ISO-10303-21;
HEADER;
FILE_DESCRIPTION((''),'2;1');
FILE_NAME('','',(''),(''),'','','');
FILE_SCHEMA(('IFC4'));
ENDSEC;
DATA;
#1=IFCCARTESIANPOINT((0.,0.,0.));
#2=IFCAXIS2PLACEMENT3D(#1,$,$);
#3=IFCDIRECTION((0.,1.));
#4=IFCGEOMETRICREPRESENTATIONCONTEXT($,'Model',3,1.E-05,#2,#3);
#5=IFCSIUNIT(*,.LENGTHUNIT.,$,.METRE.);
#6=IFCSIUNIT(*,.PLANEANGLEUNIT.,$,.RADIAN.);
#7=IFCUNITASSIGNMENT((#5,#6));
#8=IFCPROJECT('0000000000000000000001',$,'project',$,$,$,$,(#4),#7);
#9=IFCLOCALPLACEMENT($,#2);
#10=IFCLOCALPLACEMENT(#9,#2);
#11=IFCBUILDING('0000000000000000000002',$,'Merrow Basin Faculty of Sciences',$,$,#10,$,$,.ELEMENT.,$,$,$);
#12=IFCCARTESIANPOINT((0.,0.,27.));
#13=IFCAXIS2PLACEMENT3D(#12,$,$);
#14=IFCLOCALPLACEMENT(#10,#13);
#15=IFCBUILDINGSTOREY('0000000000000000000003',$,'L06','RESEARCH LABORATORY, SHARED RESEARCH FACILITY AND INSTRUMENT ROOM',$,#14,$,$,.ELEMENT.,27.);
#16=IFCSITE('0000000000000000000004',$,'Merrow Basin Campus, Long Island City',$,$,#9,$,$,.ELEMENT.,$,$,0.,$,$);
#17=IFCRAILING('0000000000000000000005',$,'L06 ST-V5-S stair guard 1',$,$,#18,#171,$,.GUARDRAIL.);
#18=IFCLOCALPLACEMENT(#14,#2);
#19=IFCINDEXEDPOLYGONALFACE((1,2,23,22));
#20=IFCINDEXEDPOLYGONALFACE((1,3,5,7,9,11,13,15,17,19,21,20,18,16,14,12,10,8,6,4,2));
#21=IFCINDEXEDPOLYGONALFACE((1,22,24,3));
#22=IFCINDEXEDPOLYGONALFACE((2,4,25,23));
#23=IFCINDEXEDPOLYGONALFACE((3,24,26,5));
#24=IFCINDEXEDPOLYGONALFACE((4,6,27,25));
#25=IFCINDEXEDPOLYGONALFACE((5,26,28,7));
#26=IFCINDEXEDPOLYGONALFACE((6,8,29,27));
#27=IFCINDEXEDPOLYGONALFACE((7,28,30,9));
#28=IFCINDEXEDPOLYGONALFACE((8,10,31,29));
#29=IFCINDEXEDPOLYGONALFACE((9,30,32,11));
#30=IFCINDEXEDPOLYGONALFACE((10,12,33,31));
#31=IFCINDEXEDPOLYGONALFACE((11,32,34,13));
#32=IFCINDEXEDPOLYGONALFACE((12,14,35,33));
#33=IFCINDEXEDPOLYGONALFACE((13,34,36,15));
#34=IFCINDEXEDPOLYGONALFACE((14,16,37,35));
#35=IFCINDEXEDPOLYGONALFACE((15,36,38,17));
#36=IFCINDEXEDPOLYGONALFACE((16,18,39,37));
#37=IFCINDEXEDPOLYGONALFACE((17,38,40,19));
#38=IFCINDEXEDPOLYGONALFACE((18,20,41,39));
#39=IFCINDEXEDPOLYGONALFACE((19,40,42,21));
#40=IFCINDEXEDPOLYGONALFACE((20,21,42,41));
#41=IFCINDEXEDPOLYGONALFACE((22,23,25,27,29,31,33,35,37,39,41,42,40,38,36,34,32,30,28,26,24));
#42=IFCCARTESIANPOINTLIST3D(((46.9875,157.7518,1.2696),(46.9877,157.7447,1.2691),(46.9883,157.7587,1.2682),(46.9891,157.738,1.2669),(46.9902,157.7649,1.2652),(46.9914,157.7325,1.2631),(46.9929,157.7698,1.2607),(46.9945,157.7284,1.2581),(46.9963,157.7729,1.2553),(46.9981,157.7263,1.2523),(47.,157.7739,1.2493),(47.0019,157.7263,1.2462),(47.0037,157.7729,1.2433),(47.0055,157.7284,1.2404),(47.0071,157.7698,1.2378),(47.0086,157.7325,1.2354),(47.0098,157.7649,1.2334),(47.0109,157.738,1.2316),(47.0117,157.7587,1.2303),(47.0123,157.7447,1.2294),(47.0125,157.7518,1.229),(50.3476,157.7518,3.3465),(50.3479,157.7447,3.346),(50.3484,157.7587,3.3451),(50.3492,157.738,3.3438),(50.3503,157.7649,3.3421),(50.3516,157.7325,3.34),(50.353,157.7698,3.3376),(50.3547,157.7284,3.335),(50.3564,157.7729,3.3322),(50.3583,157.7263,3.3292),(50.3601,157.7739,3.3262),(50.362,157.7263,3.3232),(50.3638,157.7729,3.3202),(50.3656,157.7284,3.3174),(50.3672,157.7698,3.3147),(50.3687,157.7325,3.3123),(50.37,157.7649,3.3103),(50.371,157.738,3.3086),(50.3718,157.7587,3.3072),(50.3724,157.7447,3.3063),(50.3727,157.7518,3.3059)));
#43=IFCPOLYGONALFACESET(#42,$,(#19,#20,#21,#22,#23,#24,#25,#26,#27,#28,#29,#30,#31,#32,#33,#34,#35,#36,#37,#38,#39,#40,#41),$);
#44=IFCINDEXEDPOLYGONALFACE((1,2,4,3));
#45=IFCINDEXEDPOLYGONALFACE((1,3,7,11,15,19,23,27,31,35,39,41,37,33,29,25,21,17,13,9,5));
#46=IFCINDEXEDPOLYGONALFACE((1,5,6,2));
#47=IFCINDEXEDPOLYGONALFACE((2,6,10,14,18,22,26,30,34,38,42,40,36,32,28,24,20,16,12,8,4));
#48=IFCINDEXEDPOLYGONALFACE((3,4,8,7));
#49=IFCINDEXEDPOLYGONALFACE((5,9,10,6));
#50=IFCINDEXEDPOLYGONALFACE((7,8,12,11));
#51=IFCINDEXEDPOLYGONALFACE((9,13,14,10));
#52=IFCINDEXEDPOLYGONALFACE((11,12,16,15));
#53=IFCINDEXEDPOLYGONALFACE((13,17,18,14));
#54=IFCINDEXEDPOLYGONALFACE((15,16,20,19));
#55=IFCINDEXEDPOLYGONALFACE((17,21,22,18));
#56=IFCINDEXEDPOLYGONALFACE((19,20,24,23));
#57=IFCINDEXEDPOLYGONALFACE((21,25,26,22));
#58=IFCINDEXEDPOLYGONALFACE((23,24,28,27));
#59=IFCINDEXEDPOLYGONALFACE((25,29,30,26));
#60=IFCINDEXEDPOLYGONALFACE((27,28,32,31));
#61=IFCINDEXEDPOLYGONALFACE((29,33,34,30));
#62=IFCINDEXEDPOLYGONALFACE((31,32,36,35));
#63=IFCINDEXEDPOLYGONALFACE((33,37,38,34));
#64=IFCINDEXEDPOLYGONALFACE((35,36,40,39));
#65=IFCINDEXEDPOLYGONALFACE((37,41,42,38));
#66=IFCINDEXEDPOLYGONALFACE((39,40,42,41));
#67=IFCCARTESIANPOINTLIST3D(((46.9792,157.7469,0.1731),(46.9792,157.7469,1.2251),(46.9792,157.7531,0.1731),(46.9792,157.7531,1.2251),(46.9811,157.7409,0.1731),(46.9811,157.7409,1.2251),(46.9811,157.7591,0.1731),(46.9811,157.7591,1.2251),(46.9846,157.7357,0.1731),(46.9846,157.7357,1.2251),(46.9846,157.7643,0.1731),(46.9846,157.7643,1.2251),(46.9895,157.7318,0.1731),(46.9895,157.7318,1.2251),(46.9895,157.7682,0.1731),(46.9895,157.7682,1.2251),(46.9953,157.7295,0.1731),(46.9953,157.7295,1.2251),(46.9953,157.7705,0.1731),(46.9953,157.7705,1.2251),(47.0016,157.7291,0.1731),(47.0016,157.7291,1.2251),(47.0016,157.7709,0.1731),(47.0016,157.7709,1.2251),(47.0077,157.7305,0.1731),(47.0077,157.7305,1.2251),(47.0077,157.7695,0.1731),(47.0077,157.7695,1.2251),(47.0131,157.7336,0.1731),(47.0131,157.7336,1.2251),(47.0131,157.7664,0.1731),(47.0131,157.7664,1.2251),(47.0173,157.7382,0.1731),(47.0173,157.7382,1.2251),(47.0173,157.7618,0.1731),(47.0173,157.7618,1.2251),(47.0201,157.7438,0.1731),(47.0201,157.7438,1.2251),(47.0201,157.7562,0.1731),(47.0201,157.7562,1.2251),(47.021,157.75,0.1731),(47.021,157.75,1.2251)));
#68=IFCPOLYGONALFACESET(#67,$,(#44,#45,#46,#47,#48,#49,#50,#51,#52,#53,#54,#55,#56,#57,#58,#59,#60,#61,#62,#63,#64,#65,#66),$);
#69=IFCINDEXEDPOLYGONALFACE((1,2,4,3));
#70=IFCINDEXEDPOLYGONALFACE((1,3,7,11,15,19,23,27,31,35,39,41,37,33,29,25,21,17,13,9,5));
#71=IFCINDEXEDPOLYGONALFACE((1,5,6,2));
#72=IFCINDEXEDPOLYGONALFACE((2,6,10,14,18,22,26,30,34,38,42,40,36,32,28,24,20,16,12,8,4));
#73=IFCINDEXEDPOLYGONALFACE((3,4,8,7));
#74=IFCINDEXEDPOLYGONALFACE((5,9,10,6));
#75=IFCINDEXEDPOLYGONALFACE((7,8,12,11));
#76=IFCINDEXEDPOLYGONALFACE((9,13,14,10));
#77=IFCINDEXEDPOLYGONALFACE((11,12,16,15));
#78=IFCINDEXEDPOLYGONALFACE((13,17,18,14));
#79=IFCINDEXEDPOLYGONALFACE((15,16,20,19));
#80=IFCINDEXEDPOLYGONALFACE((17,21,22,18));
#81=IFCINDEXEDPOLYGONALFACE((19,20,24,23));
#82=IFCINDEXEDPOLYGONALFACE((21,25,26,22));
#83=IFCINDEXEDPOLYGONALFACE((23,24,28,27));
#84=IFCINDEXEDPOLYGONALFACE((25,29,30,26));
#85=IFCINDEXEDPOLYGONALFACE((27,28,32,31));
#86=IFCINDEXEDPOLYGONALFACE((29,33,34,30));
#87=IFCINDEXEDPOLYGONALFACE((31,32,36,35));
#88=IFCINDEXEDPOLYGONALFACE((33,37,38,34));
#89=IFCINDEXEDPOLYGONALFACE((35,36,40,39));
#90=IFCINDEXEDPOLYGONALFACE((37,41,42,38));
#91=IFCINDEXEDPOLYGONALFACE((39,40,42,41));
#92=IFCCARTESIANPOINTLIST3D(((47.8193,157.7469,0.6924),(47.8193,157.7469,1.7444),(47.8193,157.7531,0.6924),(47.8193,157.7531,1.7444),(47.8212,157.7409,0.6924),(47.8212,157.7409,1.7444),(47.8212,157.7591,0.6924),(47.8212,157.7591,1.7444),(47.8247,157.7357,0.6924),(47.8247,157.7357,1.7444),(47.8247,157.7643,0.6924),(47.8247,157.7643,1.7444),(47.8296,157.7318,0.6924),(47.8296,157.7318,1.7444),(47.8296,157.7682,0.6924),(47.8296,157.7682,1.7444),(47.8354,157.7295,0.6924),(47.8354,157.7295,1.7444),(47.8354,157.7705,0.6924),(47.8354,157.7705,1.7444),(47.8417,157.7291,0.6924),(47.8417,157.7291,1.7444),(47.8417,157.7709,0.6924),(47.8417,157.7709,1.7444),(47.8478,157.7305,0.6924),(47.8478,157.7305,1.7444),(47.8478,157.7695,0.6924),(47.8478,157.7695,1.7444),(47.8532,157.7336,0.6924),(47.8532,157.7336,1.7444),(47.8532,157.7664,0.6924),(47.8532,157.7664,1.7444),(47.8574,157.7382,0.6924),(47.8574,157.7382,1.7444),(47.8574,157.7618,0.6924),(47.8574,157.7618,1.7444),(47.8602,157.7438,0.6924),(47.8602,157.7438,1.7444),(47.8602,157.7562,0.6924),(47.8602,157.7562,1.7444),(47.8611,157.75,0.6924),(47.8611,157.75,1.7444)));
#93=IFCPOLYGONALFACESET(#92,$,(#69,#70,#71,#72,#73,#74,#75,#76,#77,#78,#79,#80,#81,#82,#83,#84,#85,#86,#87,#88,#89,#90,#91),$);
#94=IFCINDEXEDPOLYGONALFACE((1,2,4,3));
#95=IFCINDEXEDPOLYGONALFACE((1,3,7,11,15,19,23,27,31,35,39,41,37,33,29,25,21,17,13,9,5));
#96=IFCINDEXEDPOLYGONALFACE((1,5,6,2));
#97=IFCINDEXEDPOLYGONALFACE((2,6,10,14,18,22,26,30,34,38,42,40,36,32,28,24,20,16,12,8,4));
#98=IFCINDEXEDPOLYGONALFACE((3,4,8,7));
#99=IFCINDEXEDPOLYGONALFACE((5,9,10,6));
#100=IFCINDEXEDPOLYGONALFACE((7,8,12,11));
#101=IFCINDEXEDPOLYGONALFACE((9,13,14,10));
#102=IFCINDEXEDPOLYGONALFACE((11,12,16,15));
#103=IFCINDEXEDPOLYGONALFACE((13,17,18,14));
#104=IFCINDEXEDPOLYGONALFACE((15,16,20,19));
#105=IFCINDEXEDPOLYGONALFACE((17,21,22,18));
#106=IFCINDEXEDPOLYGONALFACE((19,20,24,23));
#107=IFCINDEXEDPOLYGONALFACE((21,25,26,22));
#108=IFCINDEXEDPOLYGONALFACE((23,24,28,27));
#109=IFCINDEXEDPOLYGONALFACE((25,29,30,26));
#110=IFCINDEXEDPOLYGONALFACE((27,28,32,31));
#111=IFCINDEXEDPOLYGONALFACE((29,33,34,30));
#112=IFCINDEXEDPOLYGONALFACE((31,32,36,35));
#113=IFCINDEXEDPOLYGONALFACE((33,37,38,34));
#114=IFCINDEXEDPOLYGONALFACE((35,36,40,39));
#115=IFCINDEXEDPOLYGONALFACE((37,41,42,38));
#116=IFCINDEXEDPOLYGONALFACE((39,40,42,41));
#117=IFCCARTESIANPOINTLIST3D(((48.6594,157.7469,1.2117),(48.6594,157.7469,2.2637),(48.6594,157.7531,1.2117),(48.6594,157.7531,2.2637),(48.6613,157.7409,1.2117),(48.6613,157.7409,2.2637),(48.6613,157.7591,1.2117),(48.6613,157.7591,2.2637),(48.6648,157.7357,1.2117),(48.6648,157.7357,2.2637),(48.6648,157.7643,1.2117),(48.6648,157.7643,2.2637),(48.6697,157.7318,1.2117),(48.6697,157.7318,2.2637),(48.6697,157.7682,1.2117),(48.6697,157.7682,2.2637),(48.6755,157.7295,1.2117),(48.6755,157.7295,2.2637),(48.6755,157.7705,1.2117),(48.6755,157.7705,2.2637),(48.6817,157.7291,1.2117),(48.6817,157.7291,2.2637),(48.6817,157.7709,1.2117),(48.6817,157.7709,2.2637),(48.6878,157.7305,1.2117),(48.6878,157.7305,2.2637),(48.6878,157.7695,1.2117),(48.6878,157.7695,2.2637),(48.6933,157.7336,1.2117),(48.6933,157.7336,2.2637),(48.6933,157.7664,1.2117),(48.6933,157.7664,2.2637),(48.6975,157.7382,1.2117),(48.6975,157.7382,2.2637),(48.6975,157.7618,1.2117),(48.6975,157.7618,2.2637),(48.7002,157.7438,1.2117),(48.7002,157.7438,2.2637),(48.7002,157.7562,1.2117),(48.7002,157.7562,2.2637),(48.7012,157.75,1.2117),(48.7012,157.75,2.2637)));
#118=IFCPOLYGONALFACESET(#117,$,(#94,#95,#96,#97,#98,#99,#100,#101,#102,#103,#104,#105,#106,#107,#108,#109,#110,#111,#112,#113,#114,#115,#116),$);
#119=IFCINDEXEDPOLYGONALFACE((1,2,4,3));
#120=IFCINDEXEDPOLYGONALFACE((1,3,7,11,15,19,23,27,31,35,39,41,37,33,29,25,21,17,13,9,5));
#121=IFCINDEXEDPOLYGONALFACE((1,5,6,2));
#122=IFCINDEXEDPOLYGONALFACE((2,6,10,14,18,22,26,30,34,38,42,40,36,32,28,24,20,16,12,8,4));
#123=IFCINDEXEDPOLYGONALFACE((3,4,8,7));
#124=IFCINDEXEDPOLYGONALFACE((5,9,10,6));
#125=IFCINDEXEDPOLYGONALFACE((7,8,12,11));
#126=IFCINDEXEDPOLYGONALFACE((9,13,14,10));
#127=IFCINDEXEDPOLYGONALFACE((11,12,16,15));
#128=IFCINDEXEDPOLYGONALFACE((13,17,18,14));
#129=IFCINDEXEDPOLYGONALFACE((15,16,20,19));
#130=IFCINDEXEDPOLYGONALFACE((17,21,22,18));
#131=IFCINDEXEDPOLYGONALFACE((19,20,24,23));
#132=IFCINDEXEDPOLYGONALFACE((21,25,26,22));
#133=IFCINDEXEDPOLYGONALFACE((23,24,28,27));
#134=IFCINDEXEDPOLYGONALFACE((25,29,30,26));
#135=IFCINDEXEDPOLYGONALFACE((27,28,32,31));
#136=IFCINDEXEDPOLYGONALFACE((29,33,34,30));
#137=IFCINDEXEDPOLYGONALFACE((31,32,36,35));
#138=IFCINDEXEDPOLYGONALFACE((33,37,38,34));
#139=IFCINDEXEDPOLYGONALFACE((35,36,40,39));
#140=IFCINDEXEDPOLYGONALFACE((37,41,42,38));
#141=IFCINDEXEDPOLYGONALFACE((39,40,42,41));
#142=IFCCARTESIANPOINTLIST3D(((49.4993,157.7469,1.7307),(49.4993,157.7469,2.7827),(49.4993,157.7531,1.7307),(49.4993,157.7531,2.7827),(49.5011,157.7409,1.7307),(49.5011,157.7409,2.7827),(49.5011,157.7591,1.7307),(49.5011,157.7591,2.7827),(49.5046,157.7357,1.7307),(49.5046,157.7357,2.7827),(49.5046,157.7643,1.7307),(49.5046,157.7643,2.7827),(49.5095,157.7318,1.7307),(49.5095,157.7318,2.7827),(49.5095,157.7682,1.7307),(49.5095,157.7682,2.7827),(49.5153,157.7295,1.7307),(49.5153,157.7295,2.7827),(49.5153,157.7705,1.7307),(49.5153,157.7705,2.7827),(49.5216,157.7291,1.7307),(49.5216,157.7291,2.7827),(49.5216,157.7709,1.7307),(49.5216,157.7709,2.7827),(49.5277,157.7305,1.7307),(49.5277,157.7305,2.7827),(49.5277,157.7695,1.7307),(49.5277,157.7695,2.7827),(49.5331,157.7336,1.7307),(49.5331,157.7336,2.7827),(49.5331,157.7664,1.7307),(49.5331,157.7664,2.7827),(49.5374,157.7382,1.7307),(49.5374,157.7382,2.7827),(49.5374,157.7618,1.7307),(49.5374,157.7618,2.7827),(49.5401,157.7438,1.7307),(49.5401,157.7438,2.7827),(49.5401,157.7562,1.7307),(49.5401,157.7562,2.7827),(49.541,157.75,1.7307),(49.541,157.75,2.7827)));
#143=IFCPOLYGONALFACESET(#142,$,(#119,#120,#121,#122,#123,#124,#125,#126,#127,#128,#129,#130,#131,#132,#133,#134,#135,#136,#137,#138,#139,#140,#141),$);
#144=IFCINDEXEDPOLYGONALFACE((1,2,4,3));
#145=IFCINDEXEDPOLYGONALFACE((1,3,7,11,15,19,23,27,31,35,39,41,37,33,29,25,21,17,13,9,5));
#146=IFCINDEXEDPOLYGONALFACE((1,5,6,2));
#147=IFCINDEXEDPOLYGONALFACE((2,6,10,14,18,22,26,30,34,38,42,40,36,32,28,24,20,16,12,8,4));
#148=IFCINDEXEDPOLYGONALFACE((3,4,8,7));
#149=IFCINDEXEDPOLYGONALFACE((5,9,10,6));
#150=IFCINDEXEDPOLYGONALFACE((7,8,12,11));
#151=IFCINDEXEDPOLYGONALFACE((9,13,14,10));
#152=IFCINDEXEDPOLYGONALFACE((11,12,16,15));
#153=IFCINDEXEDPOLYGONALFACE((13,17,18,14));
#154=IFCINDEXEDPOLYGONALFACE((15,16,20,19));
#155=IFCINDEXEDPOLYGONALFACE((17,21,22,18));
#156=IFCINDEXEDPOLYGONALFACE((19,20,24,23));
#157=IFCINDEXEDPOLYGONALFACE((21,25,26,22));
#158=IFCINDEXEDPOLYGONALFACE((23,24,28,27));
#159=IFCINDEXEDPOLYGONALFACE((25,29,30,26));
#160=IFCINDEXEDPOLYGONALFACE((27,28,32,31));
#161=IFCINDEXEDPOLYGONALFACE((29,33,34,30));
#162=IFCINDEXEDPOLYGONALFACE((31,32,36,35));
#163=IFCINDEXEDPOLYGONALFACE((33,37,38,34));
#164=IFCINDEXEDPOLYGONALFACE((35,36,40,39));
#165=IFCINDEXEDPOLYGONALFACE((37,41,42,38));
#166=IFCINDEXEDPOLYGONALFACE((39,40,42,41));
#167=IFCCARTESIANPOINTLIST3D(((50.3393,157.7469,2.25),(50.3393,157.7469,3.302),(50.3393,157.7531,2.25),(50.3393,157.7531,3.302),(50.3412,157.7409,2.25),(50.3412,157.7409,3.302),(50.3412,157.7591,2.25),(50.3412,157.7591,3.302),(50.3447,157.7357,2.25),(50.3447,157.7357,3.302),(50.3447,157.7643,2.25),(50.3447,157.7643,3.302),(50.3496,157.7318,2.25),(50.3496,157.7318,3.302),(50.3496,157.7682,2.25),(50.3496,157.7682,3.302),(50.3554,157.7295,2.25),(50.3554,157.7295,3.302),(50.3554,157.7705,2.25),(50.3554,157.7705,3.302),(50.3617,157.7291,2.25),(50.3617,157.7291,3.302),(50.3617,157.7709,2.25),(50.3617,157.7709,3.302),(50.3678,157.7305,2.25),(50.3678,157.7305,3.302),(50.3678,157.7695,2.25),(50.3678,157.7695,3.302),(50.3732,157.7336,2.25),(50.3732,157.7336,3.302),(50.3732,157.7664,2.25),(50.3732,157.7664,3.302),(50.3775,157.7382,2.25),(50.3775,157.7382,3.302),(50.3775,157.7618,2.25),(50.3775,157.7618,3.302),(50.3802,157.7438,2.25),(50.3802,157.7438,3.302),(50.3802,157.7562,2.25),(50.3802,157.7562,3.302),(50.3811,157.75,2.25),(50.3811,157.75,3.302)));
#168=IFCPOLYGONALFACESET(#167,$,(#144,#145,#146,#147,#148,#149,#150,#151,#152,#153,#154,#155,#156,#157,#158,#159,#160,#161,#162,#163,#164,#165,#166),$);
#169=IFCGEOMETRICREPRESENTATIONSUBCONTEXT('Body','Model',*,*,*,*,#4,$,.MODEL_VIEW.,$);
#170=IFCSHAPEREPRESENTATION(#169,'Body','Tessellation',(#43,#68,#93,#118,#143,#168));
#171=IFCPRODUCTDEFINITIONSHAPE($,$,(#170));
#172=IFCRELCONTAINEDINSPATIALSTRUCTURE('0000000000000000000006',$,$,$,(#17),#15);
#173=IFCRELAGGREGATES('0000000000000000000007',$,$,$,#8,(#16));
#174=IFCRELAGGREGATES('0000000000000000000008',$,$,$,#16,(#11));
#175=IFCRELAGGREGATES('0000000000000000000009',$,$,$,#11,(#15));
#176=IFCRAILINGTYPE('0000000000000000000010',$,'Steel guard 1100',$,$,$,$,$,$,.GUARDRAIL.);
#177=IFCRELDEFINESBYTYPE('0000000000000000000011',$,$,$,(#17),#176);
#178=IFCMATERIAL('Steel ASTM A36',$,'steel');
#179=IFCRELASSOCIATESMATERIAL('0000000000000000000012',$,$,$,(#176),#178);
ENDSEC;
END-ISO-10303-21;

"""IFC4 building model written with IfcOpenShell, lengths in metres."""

from ifc_helpers import new_model, si_unit, direction, frame, origin, origin_2d, place, context, subcontext, project, spatial, circle, extrude, material, type_object, element, save


model = new_model("IFC4")

# Units and contexts
model_context = context("Model", 3, precision=1e-05, world=origin(), true_north=direction((0.0, 1.0)))
body_context = subcontext(model_context, "Body", "Model", "MODEL_VIEW")
ifc_project = project(units=[si_unit("LENGTHUNIT", "METRE"), si_unit("PLANEANGLEUNIT", "RADIAN")], contexts=[model_context])

# Site, building, storey
site_placement = place(None, origin())
site = spatial("IfcSite", under=ifc_project, at=site_placement, Name="Merrow Basin Campus, Long Island City", CompositionType="ELEMENT", RefElevation=0.0)
building_placement = place(site_placement, origin())
building = spatial("IfcBuilding", under=site, at=building_placement, Name="Merrow Basin Faculty of Sciences", CompositionType="ELEMENT")
storey_placement = place(building_placement, frame((0.0, 0.0, 27.0)))
storey = spatial("IfcBuildingStorey", under=building, at=storey_placement, Name="L06", Description="RESEARCH LABORATORY, SHARED RESEARCH FACILITY AND INSTRUMENT ROOM", CompositionType="ELEMENT", Elevation=27.0)

# Railing
ifc_material_1 = material(Name="Steel ASTM A36", Category="steel")
railing_type_1 = type_object("IfcRailingType", Name="Steel guard 1100", PredefinedType="GUARDRAIL", material=ifc_material_1)
railing_1_placement = place(storey_placement, frame((47.0, 157.75, 0.1731)))
element("IfcRailing", 1, at=railing_1_placement, inside=storey, type_object=railing_type_1, Name="L06 ST-V5-S stair guard 1", PredefinedType="GUARDRAIL", context=body_context, shape_type="SweptSolid", body=[
    extrude(circle(Radius=0.0239, at=origin_2d()), frame((0.0, 0.0, 1.0762), z_axis=(0.850623, 0.0, 0.525776), x_axis=(0.0, 1.0, 0.0)), (0.0, 0.0, 1.0), 3.9502),
    extrude(circle(Radius=0.021, at=origin_2d()), origin(), (0.0, 0.0, 1.0), 1.052),
    extrude(circle(Radius=0.021, at=origin_2d()), frame((0.8401, 0.0, 0.5193)), (0.0, 0.0, 1.0), 1.052),
    extrude(circle(Radius=0.021, at=origin_2d()), frame((1.6802, 0.0, 1.0386)), (0.0, 0.0, 1.0), 1.052),
    extrude(circle(Radius=0.021, at=origin_2d()), frame((2.52, 0.0, 1.5576)), (0.0, 0.0, 1.0), 1.052),
    extrude(circle(Radius=0.021, at=origin_2d()), frame((3.3601, 0.0, 2.0769)), (0.0, 0.0, 1.0), 1.052),
])

save(model, "model.ifc")
